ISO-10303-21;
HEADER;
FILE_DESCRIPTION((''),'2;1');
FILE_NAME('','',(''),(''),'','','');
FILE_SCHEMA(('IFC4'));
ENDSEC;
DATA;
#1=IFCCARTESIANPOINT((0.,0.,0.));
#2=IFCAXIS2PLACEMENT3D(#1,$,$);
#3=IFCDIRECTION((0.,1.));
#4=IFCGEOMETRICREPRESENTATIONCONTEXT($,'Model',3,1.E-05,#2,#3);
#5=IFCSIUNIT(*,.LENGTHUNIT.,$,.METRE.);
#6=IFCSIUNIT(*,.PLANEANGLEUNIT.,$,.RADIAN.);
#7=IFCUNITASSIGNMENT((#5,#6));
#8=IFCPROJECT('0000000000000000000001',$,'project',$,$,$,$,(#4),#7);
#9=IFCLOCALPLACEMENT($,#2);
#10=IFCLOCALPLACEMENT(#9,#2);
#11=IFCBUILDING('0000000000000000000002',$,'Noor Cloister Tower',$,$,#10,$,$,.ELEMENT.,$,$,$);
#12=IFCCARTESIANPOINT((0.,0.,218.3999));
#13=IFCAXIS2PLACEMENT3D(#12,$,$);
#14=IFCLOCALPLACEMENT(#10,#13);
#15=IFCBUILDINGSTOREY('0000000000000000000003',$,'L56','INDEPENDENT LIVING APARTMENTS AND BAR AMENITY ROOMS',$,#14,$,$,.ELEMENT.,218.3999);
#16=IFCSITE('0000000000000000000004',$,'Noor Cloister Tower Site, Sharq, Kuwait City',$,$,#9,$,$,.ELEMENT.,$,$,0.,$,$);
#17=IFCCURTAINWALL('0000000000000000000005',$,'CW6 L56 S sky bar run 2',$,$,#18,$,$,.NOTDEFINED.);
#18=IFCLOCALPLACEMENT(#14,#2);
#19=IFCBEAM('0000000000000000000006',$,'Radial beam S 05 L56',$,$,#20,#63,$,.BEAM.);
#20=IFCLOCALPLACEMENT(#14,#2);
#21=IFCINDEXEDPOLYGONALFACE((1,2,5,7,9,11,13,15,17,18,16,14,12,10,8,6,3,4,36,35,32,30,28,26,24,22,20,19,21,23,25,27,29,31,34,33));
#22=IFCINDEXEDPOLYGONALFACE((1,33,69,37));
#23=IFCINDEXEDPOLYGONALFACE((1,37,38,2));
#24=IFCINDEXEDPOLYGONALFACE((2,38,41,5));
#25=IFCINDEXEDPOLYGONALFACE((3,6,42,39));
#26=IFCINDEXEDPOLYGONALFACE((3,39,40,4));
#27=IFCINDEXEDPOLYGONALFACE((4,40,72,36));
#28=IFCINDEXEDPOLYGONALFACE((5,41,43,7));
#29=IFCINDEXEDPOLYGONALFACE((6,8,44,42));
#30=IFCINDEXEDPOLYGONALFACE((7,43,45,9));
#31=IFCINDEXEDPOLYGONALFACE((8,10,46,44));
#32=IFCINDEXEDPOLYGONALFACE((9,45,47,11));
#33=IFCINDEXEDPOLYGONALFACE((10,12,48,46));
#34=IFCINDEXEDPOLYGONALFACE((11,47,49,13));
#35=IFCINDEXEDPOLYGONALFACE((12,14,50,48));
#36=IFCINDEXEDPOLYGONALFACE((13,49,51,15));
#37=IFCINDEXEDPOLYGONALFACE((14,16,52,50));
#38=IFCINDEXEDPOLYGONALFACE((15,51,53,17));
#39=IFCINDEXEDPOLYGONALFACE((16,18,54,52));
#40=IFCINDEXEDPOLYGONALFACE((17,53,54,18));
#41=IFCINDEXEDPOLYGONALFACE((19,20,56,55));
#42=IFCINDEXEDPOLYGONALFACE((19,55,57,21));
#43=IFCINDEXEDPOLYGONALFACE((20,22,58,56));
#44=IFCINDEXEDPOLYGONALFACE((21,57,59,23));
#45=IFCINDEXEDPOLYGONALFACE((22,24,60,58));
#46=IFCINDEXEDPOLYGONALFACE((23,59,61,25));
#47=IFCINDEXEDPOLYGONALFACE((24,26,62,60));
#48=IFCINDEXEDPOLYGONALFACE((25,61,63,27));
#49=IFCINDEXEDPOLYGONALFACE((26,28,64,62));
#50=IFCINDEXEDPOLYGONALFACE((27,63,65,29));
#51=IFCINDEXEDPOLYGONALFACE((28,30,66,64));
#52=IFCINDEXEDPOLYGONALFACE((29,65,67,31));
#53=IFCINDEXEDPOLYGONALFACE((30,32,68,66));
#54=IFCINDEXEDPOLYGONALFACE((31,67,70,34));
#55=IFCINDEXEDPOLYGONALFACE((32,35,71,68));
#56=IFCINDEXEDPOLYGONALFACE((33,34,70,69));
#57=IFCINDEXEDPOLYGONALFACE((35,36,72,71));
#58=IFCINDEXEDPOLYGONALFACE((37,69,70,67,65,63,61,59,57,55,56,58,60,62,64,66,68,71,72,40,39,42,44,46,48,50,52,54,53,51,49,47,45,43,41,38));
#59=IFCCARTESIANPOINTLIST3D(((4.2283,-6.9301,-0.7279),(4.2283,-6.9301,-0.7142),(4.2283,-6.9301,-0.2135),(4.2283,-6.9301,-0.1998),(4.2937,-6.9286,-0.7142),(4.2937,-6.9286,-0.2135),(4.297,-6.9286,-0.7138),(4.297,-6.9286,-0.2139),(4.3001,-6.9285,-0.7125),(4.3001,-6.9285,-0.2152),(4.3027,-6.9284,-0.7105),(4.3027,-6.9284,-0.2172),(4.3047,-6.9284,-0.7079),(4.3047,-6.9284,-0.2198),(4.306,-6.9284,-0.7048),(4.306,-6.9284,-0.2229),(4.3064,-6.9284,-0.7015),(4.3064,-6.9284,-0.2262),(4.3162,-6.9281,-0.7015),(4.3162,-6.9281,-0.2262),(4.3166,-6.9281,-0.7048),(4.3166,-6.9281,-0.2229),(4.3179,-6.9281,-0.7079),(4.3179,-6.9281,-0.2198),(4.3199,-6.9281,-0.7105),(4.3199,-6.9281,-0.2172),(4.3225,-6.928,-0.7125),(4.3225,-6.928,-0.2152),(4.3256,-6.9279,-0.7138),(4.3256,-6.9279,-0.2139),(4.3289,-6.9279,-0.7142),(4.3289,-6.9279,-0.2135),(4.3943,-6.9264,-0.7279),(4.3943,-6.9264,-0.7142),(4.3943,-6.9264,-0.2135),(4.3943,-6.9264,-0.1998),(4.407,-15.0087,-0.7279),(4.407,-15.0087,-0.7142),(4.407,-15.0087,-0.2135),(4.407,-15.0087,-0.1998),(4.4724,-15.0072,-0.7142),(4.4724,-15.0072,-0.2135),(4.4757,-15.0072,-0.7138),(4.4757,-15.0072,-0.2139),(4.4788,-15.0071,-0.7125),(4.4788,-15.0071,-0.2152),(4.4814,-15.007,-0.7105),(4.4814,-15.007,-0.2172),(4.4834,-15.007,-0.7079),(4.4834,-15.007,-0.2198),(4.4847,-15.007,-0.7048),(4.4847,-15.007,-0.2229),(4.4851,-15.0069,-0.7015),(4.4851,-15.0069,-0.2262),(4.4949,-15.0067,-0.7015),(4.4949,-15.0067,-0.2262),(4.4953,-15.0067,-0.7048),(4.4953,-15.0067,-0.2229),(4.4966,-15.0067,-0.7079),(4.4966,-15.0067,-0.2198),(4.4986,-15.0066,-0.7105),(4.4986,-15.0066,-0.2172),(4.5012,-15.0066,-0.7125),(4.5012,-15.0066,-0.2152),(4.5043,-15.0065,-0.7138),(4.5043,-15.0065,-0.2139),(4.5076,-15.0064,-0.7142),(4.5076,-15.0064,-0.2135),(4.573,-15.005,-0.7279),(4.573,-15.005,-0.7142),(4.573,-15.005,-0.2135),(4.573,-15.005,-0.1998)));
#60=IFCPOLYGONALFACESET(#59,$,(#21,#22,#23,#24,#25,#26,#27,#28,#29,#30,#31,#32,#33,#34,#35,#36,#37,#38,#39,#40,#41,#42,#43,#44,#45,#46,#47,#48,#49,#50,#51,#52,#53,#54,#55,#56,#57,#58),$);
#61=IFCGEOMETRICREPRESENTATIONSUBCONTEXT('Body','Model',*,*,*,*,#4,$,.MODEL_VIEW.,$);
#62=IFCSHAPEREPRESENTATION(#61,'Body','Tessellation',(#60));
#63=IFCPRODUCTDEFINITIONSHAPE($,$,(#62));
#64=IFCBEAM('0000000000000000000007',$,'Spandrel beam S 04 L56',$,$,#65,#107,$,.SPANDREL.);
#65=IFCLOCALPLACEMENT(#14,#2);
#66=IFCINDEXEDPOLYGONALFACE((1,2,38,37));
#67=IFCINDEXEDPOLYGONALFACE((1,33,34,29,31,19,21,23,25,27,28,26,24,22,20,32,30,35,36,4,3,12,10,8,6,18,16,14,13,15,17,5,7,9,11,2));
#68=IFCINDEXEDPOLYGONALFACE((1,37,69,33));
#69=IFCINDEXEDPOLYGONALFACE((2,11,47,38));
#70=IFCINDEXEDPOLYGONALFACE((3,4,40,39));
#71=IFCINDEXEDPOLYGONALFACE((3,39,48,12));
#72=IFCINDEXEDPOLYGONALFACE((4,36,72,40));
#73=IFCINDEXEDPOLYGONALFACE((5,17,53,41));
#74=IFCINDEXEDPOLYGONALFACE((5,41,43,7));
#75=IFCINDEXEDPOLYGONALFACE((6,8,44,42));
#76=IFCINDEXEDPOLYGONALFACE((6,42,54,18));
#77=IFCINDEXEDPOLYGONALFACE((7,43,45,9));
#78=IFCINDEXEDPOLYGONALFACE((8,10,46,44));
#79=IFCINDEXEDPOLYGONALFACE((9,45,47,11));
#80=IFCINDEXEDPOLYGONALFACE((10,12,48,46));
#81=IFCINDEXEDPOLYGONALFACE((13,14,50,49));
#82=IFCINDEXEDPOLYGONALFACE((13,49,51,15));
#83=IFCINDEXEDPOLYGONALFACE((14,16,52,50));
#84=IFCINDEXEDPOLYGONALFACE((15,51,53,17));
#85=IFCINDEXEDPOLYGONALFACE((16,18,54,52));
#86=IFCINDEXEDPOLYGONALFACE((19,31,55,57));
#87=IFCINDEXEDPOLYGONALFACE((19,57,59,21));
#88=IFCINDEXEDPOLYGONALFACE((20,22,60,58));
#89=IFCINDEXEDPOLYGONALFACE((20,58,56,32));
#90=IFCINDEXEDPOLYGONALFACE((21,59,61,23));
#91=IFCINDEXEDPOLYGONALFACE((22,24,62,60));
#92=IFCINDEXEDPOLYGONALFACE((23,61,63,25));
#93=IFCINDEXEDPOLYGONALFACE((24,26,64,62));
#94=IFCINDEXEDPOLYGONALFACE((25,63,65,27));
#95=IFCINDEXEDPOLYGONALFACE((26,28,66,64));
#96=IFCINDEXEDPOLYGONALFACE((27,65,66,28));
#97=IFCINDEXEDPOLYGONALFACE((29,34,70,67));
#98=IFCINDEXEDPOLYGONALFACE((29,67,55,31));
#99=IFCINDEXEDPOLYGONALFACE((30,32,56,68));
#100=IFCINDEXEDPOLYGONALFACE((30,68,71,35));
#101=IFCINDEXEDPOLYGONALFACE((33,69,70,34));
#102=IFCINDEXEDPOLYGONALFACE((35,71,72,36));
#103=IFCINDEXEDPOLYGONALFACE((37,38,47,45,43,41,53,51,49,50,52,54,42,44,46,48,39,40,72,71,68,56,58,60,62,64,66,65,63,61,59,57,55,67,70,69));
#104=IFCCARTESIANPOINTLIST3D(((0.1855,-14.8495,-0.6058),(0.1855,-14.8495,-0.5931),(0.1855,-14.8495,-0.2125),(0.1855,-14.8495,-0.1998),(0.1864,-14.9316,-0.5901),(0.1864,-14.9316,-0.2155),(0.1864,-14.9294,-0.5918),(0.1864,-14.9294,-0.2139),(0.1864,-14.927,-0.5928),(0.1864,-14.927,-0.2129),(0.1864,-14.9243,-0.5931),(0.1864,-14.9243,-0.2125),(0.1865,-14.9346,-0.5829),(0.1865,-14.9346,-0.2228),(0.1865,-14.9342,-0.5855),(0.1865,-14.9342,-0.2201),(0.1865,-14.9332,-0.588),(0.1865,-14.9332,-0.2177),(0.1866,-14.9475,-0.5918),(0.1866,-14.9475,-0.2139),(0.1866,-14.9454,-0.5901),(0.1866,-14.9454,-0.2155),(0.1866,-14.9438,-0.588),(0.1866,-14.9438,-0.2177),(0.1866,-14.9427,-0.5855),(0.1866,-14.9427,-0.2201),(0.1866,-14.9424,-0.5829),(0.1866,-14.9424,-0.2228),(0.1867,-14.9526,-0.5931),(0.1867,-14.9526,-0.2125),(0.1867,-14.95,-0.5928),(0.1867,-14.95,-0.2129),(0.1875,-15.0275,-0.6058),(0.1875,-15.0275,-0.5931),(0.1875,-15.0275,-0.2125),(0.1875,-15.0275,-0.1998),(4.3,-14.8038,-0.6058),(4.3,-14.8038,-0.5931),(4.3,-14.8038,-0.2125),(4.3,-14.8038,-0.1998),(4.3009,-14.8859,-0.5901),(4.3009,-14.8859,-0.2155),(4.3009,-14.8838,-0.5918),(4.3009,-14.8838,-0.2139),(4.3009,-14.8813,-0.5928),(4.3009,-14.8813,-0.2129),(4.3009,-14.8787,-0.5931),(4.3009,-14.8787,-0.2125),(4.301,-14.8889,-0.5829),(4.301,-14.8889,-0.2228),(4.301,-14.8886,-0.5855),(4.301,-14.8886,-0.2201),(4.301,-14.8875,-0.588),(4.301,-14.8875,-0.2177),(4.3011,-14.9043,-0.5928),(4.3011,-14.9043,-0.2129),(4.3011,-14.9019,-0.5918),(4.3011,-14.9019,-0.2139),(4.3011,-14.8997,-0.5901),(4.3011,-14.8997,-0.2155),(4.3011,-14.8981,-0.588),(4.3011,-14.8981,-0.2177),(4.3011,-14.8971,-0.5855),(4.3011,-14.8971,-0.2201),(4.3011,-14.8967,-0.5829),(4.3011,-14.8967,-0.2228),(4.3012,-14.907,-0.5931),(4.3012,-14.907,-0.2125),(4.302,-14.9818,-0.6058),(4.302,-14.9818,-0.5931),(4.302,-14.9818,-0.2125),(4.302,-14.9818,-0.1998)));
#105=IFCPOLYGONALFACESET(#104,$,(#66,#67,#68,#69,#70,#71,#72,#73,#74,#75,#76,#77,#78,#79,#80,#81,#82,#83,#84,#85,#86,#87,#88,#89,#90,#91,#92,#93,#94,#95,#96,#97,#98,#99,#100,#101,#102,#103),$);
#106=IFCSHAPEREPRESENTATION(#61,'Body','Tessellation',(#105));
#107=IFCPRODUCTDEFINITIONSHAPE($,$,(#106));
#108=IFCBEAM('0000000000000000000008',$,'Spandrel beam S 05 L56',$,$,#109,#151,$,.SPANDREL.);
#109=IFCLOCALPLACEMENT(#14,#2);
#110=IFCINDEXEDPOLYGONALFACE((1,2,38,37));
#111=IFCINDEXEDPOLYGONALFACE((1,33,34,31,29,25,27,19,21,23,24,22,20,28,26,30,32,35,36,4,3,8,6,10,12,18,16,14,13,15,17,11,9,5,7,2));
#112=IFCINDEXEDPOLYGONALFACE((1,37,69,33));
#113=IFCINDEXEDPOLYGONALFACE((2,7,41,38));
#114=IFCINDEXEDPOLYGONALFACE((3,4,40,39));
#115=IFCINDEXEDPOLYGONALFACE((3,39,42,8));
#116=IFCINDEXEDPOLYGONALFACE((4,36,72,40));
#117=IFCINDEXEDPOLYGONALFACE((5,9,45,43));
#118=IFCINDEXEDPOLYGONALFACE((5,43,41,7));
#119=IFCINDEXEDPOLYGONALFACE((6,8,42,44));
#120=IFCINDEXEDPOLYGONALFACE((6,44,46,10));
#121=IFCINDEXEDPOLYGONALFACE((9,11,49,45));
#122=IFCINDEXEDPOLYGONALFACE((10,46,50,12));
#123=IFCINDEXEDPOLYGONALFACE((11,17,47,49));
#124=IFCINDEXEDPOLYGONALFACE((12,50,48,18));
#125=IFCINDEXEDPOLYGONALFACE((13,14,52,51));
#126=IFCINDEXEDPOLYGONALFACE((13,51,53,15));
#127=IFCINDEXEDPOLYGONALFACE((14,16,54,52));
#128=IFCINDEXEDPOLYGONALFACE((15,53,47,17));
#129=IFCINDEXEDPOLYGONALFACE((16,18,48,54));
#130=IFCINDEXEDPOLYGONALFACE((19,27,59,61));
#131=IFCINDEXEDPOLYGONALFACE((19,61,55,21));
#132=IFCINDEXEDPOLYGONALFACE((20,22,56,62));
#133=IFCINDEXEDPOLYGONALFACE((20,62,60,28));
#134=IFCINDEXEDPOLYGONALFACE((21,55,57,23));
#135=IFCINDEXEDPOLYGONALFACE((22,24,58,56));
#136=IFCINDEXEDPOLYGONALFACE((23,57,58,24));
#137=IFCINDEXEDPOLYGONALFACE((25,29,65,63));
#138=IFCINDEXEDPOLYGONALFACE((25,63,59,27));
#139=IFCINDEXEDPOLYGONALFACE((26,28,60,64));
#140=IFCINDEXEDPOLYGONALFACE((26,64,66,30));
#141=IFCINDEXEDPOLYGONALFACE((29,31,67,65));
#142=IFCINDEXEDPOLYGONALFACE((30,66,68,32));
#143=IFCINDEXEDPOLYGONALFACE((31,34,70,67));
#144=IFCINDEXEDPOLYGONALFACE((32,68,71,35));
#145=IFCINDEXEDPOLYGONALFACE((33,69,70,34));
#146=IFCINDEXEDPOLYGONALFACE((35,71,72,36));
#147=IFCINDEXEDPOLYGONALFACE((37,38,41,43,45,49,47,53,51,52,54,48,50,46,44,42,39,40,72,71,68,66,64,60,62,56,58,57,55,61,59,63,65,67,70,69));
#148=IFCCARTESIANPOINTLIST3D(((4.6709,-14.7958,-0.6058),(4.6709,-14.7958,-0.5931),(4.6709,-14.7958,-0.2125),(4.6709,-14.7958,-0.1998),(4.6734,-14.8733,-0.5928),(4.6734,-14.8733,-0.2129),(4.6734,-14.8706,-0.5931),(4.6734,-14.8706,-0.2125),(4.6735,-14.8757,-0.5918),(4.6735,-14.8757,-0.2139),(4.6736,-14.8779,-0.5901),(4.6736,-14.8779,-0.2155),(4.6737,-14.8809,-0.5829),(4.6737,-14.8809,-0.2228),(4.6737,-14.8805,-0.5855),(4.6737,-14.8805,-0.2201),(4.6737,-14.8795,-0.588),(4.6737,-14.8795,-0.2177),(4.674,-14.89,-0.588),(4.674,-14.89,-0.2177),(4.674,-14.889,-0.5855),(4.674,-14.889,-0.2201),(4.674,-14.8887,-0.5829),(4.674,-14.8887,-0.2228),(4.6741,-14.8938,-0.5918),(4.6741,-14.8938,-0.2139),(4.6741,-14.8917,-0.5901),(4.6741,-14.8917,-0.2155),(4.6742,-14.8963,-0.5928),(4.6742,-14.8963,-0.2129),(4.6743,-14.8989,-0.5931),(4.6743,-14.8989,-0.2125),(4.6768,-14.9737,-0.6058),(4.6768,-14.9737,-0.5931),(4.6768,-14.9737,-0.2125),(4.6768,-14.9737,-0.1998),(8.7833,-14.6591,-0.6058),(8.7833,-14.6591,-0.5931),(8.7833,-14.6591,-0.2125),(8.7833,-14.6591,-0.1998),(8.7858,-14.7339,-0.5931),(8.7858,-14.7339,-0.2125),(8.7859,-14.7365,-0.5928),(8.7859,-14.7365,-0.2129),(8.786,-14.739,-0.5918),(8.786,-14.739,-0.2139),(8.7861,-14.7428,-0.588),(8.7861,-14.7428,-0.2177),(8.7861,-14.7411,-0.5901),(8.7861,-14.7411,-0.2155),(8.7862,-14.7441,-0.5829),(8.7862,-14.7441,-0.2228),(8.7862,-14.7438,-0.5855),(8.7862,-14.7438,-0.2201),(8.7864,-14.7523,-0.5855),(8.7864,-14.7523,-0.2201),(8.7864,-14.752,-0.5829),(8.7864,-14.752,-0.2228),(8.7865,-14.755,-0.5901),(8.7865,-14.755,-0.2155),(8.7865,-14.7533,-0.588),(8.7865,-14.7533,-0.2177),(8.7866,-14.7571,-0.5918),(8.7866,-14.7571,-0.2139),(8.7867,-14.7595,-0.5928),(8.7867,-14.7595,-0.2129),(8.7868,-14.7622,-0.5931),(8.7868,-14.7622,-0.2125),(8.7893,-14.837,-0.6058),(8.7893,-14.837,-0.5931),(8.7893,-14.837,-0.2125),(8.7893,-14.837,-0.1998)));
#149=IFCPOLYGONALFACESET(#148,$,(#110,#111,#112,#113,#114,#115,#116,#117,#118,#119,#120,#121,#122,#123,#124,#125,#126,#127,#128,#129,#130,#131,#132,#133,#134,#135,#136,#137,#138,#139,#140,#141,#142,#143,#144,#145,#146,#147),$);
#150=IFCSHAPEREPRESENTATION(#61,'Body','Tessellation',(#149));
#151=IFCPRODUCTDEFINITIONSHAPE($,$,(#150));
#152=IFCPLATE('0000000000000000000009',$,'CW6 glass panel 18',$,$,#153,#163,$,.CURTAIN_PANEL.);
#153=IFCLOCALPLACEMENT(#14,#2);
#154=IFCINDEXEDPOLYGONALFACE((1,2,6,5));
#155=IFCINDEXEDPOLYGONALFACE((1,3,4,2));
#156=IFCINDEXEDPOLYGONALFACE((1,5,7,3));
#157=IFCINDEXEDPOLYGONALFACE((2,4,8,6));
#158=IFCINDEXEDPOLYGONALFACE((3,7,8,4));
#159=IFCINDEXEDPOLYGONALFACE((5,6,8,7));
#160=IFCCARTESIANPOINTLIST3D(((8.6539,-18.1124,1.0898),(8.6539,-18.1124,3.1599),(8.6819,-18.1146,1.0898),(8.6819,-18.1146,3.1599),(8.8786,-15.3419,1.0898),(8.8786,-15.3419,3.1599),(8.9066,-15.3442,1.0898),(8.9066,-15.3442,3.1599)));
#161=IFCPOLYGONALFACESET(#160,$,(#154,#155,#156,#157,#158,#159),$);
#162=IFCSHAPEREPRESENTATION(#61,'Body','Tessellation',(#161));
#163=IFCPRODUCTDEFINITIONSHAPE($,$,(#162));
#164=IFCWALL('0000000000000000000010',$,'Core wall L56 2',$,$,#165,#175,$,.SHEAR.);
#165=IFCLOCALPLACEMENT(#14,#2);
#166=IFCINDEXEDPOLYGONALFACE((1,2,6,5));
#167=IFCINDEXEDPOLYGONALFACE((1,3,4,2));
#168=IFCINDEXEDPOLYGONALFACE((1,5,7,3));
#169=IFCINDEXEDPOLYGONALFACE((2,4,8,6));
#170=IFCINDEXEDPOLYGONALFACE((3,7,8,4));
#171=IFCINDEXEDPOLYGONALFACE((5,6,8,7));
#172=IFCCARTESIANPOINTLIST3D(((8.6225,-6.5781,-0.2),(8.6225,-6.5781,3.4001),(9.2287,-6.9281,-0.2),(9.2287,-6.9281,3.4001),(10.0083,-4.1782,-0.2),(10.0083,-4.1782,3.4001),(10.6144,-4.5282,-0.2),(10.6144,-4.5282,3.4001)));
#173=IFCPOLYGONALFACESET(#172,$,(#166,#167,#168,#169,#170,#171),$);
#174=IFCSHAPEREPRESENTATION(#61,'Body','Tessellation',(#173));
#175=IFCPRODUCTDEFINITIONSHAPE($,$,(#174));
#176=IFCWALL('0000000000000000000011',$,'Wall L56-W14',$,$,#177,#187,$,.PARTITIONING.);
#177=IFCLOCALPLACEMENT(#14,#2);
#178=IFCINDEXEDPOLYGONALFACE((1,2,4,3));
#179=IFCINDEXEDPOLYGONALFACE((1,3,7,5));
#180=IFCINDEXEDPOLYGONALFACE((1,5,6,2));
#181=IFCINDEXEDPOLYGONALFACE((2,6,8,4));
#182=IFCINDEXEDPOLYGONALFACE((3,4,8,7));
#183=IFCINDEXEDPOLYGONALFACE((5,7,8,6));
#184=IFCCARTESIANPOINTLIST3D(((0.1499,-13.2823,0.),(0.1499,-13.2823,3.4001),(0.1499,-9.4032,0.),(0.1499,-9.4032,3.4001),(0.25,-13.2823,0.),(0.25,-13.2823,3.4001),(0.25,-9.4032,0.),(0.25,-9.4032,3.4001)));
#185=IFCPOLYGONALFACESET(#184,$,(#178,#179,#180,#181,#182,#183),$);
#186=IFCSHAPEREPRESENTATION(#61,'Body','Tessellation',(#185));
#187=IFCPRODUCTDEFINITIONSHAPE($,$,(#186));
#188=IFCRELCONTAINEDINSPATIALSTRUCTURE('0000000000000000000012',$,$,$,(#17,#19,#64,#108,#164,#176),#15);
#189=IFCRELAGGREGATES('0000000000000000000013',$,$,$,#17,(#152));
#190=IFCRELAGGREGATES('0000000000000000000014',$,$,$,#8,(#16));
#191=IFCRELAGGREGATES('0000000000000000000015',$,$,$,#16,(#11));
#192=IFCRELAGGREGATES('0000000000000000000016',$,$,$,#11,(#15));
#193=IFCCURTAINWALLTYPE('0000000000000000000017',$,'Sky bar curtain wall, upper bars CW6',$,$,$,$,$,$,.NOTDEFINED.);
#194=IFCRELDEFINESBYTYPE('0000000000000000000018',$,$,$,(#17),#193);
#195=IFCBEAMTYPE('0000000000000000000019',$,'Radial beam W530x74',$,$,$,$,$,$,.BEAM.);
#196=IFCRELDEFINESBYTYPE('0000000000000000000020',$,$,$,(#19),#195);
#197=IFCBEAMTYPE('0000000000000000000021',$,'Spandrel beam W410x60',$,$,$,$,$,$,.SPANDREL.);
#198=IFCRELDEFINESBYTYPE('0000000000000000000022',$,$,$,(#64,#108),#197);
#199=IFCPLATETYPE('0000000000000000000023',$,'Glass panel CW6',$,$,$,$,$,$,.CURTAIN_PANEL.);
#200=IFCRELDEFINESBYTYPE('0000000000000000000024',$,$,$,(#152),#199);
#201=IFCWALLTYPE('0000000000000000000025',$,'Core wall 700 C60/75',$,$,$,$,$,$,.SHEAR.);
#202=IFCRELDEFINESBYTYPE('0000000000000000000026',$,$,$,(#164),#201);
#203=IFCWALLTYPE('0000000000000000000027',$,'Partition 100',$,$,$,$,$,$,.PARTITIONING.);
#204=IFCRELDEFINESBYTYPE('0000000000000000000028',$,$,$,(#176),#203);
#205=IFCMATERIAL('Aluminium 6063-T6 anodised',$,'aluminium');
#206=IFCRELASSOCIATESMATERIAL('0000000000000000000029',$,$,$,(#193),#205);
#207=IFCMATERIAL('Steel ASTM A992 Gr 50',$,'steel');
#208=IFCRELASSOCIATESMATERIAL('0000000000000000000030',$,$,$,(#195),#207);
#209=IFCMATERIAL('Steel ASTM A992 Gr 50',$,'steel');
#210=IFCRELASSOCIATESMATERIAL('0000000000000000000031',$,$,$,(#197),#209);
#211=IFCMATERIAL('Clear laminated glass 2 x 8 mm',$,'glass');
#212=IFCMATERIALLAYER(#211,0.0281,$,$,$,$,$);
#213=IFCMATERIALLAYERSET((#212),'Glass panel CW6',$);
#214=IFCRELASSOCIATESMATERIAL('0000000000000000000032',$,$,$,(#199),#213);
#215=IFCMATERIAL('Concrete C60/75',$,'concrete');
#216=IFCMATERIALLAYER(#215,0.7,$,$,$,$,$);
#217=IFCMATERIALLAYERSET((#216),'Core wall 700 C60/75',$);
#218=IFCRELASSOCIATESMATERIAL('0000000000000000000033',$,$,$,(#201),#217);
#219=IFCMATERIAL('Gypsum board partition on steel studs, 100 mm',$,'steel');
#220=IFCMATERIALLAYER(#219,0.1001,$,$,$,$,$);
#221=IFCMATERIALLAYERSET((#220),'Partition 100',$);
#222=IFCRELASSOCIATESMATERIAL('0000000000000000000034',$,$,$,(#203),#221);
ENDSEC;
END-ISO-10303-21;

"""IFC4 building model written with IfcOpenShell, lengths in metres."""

from ifc_helpers import new_model, si_unit, direction, frame, frame_2d, origin, origin_2d, place, context, subcontext, project, spatial, rectangle, i_section, extrude, material, layer, layer_set, material_profile, profile_set, type_object, element, aggregate, save


model = new_model("IFC4")

# Units and contexts
model_context = context("Model", 3, precision=1e-05, world=origin(), true_north=direction((0.0, 1.0)))
body_context = subcontext(model_context, "Body", "Model", "MODEL_VIEW")
ifc_project = project(units=[si_unit("LENGTHUNIT", "METRE"), si_unit("PLANEANGLEUNIT", "RADIAN")], contexts=[model_context])

# Site, building, storey
site_placement = place(None, origin())
site = spatial("IfcSite", under=ifc_project, at=site_placement, Name="Noor Cloister Tower Site, Sharq, Kuwait City", CompositionType="ELEMENT", RefElevation=0.0)
building_placement = place(site_placement, origin())
building = spatial("IfcBuilding", under=site, at=building_placement, Name="Noor Cloister Tower", CompositionType="ELEMENT")
storey_placement = place(building_placement, frame((0.0, 0.0, 218.3999)))
storey = spatial("IfcBuildingStorey", under=building, at=storey_placement, Name="L56", Description="INDEPENDENT LIVING APARTMENTS AND BAR AMENITY ROOMS", CompositionType="ELEMENT", Elevation=218.3999)

# Curtain wall
ifc_material_1 = material(Name="Aluminium 6063-T6 anodised", Category="aluminium")
curtain_wall_type = type_object("IfcCurtainWallType", Name="Sky bar curtain wall, upper bars CW6", PredefinedType="NOTDEFINED", material=ifc_material_1)
curtain_wall_placement = place(storey_placement, origin())
curtain_wall = element("IfcCurtainWall", 1, at=curtain_wall_placement, inside=storey, type_object=curtain_wall_type, Name="CW6 L56 S sky bar run 2", PredefinedType="NOTDEFINED")

# Beams
ifc_material_2 = material(Name="Steel ASTM A992 Gr 50", Category="steel")
ifc_material_profile_1 = material_profile(ifc_material_2, i_section(OverallWidth=0.166, OverallDepth=0.5281, WebThickness=0.0098, FlangeThickness=0.0137, FilletRadius=0.0127, at=origin_2d()), Name="W530x74")
ifc_profile_set_1 = profile_set([ifc_material_profile_1], Name="Steel ASTM A992 Gr 50")
beam_type_1 = type_object("IfcBeamType", Name="Radial beam W530x74", PredefinedType="BEAM", material=ifc_profile_set_1)
beam_1_placement = place(storey_placement, frame((4.49, -15.0068, -0.4639), z_axis=(-0.022116, 0.999755, 0.0), x_axis=(-0.999755, -0.022116, 0.0)))
element("IfcBeam", 2, at=beam_1_placement, inside=storey, type_object=beam_type_1, Name="Radial beam S 05 L56", PredefinedType="BEAM", context=body_context, shape_type="SweptSolid", body=[
    extrude(i_section(OverallWidth=0.166, OverallDepth=0.5281, WebThickness=0.0098, FlangeThickness=0.0137, FilletRadius=0.0127, at=origin_2d()), origin(), (0.0, 0.0, 1.0), 8.0806),
])
ifc_material_3 = material(Name="Steel ASTM A992 Gr 50", Category="steel")
ifc_material_profile_2 = material_profile(ifc_material_3, i_section(OverallWidth=0.178, OverallDepth=0.406, WebThickness=0.0078, FlangeThickness=0.0127, FilletRadius=0.0103, at=origin_2d()), Name="W410x60")
ifc_profile_set_2 = profile_set([ifc_material_profile_2], Name="Steel ASTM A992 Gr 50")
beam_type_2 = type_object("IfcBeamType", Name="Spandrel beam W410x60", PredefinedType="SPANDREL", material=ifc_profile_set_2)
for number, where, z_axis, x_axis, name in (
    (3, (0.1865, -14.9385, -0.4028), (0.999938, 0.011095, 0.0), (-0.011095, 0.999938, 0.0), "Spandrel beam S 04 L56"),
    (4, (4.6738, -14.8848, -0.4028), (0.999448, 0.033226, 0.0), (-0.033226, 0.999448, 0.0), "Spandrel beam S 05 L56"),
):
    element("IfcBeam", number, at=place(storey_placement, frame(where, z_axis=z_axis, x_axis=x_axis)), inside=storey, type_object=beam_type_2, Name=name, PredefinedType="SPANDREL", context=body_context, shape_type="SweptSolid", body=[
        extrude(i_section(OverallWidth=0.178, OverallDepth=0.406, WebThickness=0.0078, FlangeThickness=0.0127, FilletRadius=0.0103, at=origin_2d()), origin(), (0.0, 0.0, 1.0), 4.1147),
    ])

# Plate
ifc_material_4 = material(Name="Clear laminated glass 2 x 8 mm", Category="glass")
ifc_layer_1 = layer(ifc_material_4, 0.0281)
ifc_layer_set_1 = layer_set([ifc_layer_1], Name="Glass panel CW6")
plate_type = type_object("IfcPlateType", Name="Glass panel CW6", PredefinedType="CURTAIN_PANEL", material=ifc_layer_set_1)
plate_placement = place(storey_placement, frame((8.7803, -16.7283, 1.0898), z_axis=(0.0, 0.0, 1.0), x_axis=(0.080834, 0.996728, 0.0)))
plate = element("IfcPlate", 5, at=plate_placement, type_object=plate_type, Name="CW6 glass panel 18", PredefinedType="CURTAIN_PANEL", context=body_context, shape_type="SweptSolid", body=[
    extrude(rectangle(XDim=2.7795, YDim=0.0281, at=origin_2d()), origin(), (0.0, 0.0, 1.0), 2.0701),
])
aggregate(curtain_wall, [plate])

# Walls
ifc_material_5 = material(Name="Concrete C60/75", Category="concrete")
ifc_layer_2 = layer(ifc_material_5, 0.7)
ifc_layer_set_2 = layer_set([ifc_layer_2], Name="Core wall 700 C60/75")
wall_type_1 = type_object("IfcWallType", Name="Core wall 700 C60/75", PredefinedType="SHEAR", material=ifc_layer_set_2)
wall_1_placement = place(storey_placement, frame((8.9255, -6.7532, -0.2), z_axis=(0.0, 0.0, 1.0), x_axis=(0.500043, 0.866001, 0.0)))
element("IfcWall", 6, at=wall_1_placement, inside=storey, type_object=wall_type_1, Name="Core wall L56 2", PredefinedType="SHEAR", context=body_context, shape_type="SweptSolid", body=[
    extrude(rectangle(XDim=2.7712, YDim=0.7, at=frame_2d((1.3857, 0.0))), origin(), (0.0, 0.0, 1.0), 3.6001),
])
ifc_material_6 = material(Name="Gypsum board partition on steel studs, 100 mm", Category="steel")
ifc_layer_3 = layer(ifc_material_6, 0.1001)
ifc_layer_set_3 = layer_set([ifc_layer_3], Name="Partition 100")
wall_type_2 = type_object("IfcWallType", Name="Partition 100", PredefinedType="PARTITIONING", material=ifc_layer_set_3)
wall_2_placement = place(storey_placement, frame((0.2, -9.4033, 0.0), z_axis=(0.0, 0.0, 1.0), x_axis=(0.0, -1.0, 0.0)))
element("IfcWall", 7, at=wall_2_placement, inside=storey, type_object=wall_type_2, Name="Wall L56-W14", PredefinedType="PARTITIONING", context=body_context, shape_type="SweptSolid", body=[
    extrude(rectangle(XDim=3.8792, YDim=0.1001, at=frame_2d((1.9395, 0.0))), origin(), (0.0, 0.0, 1.0), 3.4001),
])

save(model, "model.ifc")
